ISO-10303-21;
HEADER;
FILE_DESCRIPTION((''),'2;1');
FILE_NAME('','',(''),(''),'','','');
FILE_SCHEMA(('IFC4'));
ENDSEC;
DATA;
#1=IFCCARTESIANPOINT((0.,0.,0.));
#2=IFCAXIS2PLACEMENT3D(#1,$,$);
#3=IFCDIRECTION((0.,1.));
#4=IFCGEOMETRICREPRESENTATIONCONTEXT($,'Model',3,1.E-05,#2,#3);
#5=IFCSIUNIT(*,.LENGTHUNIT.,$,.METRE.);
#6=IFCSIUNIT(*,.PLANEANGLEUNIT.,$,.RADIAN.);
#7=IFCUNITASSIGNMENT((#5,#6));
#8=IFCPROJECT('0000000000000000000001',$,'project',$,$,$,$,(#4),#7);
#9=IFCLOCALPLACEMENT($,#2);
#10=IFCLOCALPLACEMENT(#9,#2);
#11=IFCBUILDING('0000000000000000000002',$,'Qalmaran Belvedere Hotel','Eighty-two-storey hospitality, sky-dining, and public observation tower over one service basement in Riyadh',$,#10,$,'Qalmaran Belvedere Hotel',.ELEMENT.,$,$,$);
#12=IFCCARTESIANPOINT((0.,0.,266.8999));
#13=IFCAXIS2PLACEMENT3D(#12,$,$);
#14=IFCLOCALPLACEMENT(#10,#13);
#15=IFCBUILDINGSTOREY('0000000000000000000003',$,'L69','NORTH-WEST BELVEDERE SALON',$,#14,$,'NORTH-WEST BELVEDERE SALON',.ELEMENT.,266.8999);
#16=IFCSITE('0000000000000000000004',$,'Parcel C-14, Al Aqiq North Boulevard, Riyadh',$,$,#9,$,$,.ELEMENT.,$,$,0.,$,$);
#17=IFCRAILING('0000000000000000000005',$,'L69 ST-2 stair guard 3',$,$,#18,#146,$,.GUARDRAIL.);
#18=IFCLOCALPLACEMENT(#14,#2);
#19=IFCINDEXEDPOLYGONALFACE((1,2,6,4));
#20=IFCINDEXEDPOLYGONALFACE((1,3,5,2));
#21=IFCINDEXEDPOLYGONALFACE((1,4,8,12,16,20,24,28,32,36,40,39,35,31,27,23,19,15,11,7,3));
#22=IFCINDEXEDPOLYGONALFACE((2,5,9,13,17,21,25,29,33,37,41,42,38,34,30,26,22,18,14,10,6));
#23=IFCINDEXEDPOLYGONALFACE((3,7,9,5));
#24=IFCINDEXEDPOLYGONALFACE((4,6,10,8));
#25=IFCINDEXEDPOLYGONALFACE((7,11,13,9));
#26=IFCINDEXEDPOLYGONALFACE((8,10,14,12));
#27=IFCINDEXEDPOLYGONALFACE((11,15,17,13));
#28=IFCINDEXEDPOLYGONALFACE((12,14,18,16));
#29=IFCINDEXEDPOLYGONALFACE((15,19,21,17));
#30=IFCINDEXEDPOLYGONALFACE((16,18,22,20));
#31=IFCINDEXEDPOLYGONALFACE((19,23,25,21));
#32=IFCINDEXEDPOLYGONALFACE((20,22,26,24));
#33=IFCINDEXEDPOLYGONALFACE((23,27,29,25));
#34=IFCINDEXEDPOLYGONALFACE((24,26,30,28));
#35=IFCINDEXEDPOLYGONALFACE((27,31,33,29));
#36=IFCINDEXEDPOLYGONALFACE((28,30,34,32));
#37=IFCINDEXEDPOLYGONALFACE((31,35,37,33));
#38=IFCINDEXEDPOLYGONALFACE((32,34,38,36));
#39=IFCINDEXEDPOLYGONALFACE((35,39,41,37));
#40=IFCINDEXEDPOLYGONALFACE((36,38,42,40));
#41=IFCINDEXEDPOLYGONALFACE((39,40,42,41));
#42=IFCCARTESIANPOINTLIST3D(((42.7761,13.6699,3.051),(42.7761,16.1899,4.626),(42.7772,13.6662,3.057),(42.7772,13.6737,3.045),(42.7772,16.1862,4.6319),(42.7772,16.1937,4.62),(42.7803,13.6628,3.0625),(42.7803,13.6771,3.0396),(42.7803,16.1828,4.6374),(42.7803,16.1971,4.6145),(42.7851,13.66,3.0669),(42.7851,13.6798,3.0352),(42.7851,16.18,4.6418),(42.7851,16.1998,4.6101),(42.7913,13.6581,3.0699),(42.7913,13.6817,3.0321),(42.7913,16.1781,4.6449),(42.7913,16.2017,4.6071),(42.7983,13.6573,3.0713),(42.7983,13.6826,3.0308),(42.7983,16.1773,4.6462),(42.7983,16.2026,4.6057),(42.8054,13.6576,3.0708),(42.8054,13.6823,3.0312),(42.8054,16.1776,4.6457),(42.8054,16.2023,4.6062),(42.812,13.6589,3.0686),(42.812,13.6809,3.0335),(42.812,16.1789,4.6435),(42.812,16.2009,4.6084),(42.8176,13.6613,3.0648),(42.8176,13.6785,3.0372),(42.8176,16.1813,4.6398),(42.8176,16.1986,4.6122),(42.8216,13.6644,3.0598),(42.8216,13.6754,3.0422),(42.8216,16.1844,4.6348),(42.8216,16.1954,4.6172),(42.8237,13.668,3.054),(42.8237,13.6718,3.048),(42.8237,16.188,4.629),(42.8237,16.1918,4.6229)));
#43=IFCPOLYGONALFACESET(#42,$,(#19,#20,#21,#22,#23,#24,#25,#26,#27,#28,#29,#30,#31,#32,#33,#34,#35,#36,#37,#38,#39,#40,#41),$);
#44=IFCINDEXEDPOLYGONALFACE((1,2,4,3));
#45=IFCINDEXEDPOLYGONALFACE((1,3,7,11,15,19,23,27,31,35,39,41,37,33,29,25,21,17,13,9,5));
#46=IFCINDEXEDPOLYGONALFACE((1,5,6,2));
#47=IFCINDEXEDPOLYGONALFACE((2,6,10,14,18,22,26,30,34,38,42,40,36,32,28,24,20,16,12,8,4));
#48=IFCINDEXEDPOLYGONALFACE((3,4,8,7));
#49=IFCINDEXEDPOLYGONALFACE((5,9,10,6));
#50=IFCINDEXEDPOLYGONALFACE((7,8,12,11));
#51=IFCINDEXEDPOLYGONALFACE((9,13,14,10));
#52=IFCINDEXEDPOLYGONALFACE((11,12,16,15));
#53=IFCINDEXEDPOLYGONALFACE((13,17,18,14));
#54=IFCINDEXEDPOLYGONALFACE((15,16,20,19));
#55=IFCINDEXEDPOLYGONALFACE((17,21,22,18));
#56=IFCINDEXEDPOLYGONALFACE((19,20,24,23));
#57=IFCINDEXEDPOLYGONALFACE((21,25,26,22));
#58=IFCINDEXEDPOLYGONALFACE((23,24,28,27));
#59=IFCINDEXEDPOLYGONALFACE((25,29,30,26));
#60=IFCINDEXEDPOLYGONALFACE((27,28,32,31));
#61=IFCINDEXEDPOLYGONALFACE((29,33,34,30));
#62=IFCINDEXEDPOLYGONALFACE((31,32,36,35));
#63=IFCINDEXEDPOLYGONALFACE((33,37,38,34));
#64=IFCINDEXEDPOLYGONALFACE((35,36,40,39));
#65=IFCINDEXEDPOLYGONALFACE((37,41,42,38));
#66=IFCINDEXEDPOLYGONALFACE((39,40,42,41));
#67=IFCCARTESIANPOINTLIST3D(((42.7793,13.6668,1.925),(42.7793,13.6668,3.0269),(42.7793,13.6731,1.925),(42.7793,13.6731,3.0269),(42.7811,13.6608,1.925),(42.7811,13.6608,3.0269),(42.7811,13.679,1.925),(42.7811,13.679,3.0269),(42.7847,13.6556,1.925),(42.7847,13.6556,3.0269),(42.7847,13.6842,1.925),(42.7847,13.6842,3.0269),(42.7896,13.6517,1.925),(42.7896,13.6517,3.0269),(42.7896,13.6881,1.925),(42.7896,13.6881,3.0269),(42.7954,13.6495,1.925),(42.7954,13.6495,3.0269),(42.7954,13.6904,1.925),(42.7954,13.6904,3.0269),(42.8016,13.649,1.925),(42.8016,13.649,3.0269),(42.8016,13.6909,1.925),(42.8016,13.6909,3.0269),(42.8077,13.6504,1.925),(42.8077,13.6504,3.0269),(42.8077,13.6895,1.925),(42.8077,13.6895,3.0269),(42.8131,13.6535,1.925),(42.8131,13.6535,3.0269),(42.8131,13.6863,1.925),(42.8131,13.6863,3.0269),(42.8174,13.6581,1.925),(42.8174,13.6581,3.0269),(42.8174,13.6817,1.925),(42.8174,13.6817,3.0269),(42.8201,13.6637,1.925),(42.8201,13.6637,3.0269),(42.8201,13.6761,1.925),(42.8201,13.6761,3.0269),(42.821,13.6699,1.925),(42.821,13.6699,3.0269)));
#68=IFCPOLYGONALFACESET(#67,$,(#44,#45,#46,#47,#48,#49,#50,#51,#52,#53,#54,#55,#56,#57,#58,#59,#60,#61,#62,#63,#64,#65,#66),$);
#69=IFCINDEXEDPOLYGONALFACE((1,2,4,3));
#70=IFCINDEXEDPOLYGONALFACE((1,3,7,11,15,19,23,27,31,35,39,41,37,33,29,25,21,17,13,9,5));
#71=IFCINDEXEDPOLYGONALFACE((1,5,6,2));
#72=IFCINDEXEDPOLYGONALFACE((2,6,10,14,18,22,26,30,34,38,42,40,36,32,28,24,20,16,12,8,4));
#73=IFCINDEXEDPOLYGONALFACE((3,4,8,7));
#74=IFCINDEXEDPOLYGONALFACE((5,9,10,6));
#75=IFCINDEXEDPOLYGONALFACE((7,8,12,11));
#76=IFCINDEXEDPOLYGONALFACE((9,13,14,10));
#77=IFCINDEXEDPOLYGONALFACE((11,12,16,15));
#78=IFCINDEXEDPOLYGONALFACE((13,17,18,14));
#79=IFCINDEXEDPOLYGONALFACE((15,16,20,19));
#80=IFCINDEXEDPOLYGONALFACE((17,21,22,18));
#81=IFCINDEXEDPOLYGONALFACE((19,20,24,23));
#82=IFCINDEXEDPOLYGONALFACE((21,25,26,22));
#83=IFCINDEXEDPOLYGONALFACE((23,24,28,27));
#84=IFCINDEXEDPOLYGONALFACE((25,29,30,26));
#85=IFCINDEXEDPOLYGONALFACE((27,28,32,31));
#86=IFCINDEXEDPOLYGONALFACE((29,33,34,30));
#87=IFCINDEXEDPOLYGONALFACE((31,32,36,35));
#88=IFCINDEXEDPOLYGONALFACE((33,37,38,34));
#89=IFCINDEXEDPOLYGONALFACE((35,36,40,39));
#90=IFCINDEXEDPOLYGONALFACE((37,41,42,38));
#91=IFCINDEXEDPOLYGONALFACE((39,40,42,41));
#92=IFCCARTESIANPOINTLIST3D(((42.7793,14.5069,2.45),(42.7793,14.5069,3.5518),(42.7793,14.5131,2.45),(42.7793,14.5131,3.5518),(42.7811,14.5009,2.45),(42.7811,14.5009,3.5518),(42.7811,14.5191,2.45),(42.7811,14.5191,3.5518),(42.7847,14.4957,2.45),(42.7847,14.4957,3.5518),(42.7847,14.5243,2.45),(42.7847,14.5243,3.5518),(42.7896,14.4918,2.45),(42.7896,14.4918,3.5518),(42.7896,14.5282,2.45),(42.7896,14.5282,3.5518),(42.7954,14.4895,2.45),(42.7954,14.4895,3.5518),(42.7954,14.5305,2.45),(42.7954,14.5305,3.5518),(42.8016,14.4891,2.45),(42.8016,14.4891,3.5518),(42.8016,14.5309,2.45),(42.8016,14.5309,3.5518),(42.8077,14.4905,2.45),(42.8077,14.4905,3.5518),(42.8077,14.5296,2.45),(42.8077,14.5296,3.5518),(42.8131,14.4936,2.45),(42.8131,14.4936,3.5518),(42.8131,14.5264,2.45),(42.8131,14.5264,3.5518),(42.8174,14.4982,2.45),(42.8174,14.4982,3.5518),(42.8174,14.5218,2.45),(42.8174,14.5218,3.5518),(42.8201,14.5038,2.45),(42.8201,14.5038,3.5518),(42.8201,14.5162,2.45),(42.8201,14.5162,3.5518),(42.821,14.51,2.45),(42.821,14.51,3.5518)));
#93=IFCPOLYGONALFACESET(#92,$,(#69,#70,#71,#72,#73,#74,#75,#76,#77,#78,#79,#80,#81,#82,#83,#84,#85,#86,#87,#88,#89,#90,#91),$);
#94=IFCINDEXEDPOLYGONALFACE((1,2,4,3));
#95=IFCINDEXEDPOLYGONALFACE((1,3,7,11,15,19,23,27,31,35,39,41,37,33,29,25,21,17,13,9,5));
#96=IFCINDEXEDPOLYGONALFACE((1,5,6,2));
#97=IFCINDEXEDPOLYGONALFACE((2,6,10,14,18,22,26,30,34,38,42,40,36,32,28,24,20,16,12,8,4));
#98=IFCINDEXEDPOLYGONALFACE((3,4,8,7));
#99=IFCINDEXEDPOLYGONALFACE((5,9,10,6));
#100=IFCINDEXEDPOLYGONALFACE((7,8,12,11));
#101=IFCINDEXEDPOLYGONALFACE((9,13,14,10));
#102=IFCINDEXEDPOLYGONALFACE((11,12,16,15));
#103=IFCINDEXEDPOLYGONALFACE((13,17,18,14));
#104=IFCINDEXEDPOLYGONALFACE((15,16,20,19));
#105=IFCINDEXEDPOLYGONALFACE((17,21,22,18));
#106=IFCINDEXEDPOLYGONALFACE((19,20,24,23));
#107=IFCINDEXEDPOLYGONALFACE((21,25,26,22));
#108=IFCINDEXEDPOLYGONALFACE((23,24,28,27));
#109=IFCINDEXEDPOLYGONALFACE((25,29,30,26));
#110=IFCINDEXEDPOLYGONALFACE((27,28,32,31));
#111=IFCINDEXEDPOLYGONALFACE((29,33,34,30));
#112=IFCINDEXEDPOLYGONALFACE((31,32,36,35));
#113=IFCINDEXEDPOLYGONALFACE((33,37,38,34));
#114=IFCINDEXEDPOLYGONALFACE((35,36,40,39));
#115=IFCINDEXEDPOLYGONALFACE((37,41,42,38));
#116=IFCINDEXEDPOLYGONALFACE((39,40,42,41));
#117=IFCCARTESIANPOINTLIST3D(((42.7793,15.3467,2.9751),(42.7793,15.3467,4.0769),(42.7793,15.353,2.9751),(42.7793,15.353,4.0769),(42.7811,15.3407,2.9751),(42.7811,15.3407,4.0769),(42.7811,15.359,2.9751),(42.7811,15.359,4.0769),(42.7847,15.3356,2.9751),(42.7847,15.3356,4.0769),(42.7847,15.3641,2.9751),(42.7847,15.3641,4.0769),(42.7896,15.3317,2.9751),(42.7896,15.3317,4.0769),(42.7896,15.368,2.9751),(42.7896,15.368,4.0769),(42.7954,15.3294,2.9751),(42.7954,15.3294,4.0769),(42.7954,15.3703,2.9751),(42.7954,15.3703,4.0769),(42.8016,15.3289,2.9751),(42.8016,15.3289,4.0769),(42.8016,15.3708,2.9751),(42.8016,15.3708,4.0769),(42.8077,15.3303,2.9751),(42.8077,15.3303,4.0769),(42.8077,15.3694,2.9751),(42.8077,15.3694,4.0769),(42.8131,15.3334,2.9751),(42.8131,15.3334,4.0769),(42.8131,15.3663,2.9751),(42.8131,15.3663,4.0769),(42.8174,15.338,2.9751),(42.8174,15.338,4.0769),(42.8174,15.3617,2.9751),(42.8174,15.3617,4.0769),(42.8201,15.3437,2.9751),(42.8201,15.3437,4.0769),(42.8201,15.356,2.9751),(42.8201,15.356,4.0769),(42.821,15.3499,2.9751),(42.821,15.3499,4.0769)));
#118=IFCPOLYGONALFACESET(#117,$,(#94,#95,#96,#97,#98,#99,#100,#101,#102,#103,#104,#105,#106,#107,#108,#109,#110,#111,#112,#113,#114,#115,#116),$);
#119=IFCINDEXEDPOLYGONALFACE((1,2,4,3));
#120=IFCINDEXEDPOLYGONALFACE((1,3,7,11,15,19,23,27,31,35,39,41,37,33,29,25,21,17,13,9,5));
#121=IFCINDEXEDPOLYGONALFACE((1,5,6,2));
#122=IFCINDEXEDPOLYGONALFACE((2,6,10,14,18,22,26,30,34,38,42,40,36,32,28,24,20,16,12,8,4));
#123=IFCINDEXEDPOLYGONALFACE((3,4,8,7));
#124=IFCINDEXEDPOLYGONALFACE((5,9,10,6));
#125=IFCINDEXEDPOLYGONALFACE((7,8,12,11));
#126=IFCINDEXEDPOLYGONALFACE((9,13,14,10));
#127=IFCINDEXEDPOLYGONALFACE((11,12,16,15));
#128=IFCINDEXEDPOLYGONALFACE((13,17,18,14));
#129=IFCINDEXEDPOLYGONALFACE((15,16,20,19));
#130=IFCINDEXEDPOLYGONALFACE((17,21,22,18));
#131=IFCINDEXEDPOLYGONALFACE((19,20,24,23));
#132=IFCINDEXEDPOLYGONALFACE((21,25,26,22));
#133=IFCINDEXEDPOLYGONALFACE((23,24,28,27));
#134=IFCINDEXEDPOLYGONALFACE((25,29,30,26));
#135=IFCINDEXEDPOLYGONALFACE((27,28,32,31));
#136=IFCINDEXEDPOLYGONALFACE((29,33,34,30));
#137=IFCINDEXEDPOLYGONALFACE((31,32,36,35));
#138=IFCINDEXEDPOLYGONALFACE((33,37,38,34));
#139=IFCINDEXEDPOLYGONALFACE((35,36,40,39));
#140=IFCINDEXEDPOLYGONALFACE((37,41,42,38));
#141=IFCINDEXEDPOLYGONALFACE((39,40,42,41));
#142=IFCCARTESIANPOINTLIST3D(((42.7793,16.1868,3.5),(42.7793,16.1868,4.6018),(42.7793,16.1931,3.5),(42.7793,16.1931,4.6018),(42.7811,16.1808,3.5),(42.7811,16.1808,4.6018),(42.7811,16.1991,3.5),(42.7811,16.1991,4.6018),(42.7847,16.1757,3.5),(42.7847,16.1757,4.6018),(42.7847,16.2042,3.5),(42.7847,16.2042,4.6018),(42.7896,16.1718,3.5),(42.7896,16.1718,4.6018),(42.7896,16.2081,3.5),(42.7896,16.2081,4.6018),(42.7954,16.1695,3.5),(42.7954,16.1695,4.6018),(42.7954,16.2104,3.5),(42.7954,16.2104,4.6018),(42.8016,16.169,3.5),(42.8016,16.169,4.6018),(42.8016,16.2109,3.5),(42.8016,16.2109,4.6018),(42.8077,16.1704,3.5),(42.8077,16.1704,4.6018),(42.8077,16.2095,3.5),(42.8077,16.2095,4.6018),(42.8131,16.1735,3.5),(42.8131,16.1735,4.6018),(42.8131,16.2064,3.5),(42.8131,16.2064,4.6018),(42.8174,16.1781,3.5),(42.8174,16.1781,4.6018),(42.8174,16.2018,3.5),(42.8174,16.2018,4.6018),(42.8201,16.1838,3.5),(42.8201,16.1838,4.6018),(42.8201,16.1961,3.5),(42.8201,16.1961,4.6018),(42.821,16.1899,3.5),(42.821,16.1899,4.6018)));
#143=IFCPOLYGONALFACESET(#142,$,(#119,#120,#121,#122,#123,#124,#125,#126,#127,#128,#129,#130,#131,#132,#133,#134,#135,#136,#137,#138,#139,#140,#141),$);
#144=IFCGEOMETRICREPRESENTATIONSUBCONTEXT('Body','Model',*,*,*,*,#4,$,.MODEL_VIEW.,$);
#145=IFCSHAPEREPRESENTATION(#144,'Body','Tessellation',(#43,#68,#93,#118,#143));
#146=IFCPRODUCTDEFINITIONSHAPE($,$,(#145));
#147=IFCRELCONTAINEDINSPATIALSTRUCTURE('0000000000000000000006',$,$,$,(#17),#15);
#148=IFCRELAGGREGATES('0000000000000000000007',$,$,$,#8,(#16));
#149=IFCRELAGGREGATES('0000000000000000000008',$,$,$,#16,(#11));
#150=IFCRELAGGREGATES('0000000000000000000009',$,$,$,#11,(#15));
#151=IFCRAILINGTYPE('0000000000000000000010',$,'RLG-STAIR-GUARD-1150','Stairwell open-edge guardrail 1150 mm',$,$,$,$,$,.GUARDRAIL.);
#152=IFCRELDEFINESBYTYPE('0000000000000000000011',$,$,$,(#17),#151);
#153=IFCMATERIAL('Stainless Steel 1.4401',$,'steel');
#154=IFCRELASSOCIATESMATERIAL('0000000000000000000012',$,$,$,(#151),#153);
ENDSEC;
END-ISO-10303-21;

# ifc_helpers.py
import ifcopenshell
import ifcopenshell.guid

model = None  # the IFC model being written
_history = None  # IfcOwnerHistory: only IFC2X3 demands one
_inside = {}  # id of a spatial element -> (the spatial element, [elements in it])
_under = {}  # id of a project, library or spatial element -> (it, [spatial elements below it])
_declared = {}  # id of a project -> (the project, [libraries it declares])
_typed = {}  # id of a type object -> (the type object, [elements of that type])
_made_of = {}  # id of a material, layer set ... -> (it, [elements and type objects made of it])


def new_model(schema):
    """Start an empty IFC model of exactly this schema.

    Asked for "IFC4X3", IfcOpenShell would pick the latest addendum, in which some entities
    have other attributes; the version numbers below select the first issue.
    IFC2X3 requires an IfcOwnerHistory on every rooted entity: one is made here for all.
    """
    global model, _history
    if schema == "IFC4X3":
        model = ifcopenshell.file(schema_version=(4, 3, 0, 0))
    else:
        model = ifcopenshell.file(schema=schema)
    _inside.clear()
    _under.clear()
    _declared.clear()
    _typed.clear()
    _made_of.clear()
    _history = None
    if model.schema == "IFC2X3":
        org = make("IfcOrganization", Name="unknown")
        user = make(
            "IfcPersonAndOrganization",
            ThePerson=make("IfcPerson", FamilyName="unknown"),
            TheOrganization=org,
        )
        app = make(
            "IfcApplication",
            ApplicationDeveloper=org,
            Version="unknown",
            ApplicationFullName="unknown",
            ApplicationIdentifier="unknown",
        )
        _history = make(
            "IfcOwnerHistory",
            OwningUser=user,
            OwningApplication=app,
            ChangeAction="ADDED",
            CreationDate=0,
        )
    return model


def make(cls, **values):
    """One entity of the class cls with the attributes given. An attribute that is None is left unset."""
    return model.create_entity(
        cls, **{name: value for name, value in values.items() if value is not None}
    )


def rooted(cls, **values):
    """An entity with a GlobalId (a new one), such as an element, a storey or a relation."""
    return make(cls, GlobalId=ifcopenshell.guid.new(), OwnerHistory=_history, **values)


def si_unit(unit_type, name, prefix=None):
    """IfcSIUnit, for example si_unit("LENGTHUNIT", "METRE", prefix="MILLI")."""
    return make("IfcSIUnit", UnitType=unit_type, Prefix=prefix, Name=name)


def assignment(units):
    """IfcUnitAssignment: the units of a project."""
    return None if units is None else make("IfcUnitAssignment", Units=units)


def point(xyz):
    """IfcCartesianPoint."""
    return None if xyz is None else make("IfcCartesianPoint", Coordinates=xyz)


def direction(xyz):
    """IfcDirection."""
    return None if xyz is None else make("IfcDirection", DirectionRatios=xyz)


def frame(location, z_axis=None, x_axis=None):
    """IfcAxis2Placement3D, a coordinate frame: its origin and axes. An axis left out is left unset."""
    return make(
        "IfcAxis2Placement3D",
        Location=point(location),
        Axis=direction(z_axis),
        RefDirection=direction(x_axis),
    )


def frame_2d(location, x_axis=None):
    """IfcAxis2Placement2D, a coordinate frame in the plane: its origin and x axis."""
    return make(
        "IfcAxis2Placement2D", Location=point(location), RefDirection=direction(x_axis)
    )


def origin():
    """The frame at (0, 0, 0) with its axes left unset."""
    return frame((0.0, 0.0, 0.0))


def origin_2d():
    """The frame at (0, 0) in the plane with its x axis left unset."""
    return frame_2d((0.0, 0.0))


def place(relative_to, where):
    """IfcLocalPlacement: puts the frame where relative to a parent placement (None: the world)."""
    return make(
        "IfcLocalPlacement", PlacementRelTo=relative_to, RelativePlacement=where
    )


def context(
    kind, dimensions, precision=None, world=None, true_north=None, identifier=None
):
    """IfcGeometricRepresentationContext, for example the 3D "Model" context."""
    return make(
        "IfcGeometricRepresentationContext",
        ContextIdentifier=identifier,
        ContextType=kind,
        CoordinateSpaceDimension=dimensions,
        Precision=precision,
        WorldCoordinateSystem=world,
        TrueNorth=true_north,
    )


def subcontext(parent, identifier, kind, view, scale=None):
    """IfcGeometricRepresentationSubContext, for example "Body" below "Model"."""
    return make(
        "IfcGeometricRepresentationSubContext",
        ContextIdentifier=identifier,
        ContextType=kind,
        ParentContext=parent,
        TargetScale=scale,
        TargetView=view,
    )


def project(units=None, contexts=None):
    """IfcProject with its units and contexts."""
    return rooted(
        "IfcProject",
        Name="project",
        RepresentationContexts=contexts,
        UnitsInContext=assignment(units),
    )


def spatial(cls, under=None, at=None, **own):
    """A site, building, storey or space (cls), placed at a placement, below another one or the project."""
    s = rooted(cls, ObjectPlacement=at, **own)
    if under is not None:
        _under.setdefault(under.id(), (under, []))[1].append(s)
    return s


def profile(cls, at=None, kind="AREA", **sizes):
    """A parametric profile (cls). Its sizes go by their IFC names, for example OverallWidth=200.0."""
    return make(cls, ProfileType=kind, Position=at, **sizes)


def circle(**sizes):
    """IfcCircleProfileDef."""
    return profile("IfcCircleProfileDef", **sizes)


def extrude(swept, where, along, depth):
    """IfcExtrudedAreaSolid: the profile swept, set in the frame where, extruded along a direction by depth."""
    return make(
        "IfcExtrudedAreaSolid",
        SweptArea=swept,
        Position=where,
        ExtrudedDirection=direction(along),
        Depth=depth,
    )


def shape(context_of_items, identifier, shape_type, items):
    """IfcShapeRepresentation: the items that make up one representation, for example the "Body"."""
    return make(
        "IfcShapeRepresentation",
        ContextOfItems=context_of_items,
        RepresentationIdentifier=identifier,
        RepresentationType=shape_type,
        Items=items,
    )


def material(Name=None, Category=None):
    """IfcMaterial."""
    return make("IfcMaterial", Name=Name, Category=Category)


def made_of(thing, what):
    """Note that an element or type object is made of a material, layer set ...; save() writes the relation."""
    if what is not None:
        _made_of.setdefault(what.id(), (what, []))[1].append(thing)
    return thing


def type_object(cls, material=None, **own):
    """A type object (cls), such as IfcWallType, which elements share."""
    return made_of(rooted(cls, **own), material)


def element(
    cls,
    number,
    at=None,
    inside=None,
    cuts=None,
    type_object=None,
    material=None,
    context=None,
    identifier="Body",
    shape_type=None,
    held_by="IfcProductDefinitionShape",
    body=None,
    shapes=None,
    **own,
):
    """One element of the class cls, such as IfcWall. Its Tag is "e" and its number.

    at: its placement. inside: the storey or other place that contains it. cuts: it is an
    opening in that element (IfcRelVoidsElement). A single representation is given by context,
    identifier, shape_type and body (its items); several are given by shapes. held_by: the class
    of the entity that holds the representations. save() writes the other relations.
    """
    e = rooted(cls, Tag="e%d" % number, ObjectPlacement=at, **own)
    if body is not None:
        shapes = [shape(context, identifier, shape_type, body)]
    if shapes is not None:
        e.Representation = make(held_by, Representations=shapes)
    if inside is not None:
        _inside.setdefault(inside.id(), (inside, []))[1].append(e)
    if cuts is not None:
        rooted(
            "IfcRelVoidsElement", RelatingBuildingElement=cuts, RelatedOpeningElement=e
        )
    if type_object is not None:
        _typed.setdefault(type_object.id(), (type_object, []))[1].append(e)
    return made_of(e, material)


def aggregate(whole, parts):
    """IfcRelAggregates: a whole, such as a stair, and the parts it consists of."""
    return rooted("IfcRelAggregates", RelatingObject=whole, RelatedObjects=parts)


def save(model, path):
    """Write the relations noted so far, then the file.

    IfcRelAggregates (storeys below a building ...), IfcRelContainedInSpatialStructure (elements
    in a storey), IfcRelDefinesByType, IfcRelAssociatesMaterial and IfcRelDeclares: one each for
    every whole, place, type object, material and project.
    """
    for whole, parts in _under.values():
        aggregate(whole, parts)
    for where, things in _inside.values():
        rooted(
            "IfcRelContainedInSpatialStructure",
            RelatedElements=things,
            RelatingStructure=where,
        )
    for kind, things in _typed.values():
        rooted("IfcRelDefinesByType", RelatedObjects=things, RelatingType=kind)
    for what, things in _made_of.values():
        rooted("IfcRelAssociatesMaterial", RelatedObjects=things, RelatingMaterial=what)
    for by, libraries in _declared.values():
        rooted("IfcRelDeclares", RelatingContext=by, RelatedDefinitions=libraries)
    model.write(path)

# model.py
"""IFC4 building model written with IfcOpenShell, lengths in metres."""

from ifc_helpers import new_model, si_unit, direction, frame, origin, origin_2d, place, context, subcontext, project, spatial, circle, extrude, material, type_object, element, save


model = new_model("IFC4")

# Units and contexts
model_context = context("Model", 3, precision=1e-05, world=origin(), true_north=direction((0.0, 1.0)))
body_context = subcontext(model_context, "Body", "Model", "MODEL_VIEW")
ifc_project = project(units=[si_unit("LENGTHUNIT", "METRE"), si_unit("PLANEANGLEUNIT", "RADIAN")], contexts=[model_context])

# Site, building, storey
site_placement = place(None, origin())
site = spatial("IfcSite", under=ifc_project, at=site_placement, Name="Parcel C-14, Al Aqiq North Boulevard, Riyadh", CompositionType="ELEMENT", RefElevation=0.0)
building_placement = place(site_placement, origin())
building = spatial("IfcBuilding", under=site, at=building_placement, Name="Qalmaran Belvedere Hotel", Description="Eighty-two-storey hospitality, sky-dining, and public observation tower over one service basement in Riyadh", LongName="Qalmaran Belvedere Hotel", CompositionType="ELEMENT")
storey_placement = place(building_placement, frame((0.0, 0.0, 266.8999)))
storey = spatial("IfcBuildingStorey", under=building, at=storey_placement, Name="L69", Description="NORTH-WEST BELVEDERE SALON", LongName="NORTH-WEST BELVEDERE SALON", CompositionType="ELEMENT", Elevation=266.8999)

# Railing
ifc_material_1 = material(Name="Stainless Steel 1.4401", Category="steel")
railing_type_1 = type_object("IfcRailingType", Name="RLG-STAIR-GUARD-1150", Description="Stairwell open-edge guardrail 1150 mm", PredefinedType="GUARDRAIL", material=ifc_material_1)
railing_1_placement = place(storey_placement, frame((42.8, 13.6699, 1.925)))
element("IfcRailing", 1, at=railing_1_placement, inside=storey, type_object=railing_type_1, Name="L69 ST-2 stair guard 3", PredefinedType="GUARDRAIL", context=body_context, shape_type="SweptSolid", body=[
    extrude(circle(Radius=0.0239, at=origin_2d()), frame((0.0, 0.0, 1.126), z_axis=(0.0, 0.848008, 0.529984), x_axis=(-1.0, 0.0, 0.0)), (0.0, 0.0, 1.0), 2.9717),
    extrude(circle(Radius=0.021, at=origin_2d()), origin(), (0.0, 0.0, 1.0), 1.1018),
    extrude(circle(Radius=0.021, at=origin_2d()), frame((0.0, 0.8401, 0.5249)), (0.0, 0.0, 1.0), 1.1018),
    extrude(circle(Radius=0.021, at=origin_2d()), frame((0.0, 1.6799, 1.05)), (0.0, 0.0, 1.0), 1.1018),
    extrude(circle(Radius=0.021, at=origin_2d()), frame((0.0, 2.52, 1.575)), (0.0, 0.0, 1.0), 1.1018),
])

save(model, "model.ifc")
